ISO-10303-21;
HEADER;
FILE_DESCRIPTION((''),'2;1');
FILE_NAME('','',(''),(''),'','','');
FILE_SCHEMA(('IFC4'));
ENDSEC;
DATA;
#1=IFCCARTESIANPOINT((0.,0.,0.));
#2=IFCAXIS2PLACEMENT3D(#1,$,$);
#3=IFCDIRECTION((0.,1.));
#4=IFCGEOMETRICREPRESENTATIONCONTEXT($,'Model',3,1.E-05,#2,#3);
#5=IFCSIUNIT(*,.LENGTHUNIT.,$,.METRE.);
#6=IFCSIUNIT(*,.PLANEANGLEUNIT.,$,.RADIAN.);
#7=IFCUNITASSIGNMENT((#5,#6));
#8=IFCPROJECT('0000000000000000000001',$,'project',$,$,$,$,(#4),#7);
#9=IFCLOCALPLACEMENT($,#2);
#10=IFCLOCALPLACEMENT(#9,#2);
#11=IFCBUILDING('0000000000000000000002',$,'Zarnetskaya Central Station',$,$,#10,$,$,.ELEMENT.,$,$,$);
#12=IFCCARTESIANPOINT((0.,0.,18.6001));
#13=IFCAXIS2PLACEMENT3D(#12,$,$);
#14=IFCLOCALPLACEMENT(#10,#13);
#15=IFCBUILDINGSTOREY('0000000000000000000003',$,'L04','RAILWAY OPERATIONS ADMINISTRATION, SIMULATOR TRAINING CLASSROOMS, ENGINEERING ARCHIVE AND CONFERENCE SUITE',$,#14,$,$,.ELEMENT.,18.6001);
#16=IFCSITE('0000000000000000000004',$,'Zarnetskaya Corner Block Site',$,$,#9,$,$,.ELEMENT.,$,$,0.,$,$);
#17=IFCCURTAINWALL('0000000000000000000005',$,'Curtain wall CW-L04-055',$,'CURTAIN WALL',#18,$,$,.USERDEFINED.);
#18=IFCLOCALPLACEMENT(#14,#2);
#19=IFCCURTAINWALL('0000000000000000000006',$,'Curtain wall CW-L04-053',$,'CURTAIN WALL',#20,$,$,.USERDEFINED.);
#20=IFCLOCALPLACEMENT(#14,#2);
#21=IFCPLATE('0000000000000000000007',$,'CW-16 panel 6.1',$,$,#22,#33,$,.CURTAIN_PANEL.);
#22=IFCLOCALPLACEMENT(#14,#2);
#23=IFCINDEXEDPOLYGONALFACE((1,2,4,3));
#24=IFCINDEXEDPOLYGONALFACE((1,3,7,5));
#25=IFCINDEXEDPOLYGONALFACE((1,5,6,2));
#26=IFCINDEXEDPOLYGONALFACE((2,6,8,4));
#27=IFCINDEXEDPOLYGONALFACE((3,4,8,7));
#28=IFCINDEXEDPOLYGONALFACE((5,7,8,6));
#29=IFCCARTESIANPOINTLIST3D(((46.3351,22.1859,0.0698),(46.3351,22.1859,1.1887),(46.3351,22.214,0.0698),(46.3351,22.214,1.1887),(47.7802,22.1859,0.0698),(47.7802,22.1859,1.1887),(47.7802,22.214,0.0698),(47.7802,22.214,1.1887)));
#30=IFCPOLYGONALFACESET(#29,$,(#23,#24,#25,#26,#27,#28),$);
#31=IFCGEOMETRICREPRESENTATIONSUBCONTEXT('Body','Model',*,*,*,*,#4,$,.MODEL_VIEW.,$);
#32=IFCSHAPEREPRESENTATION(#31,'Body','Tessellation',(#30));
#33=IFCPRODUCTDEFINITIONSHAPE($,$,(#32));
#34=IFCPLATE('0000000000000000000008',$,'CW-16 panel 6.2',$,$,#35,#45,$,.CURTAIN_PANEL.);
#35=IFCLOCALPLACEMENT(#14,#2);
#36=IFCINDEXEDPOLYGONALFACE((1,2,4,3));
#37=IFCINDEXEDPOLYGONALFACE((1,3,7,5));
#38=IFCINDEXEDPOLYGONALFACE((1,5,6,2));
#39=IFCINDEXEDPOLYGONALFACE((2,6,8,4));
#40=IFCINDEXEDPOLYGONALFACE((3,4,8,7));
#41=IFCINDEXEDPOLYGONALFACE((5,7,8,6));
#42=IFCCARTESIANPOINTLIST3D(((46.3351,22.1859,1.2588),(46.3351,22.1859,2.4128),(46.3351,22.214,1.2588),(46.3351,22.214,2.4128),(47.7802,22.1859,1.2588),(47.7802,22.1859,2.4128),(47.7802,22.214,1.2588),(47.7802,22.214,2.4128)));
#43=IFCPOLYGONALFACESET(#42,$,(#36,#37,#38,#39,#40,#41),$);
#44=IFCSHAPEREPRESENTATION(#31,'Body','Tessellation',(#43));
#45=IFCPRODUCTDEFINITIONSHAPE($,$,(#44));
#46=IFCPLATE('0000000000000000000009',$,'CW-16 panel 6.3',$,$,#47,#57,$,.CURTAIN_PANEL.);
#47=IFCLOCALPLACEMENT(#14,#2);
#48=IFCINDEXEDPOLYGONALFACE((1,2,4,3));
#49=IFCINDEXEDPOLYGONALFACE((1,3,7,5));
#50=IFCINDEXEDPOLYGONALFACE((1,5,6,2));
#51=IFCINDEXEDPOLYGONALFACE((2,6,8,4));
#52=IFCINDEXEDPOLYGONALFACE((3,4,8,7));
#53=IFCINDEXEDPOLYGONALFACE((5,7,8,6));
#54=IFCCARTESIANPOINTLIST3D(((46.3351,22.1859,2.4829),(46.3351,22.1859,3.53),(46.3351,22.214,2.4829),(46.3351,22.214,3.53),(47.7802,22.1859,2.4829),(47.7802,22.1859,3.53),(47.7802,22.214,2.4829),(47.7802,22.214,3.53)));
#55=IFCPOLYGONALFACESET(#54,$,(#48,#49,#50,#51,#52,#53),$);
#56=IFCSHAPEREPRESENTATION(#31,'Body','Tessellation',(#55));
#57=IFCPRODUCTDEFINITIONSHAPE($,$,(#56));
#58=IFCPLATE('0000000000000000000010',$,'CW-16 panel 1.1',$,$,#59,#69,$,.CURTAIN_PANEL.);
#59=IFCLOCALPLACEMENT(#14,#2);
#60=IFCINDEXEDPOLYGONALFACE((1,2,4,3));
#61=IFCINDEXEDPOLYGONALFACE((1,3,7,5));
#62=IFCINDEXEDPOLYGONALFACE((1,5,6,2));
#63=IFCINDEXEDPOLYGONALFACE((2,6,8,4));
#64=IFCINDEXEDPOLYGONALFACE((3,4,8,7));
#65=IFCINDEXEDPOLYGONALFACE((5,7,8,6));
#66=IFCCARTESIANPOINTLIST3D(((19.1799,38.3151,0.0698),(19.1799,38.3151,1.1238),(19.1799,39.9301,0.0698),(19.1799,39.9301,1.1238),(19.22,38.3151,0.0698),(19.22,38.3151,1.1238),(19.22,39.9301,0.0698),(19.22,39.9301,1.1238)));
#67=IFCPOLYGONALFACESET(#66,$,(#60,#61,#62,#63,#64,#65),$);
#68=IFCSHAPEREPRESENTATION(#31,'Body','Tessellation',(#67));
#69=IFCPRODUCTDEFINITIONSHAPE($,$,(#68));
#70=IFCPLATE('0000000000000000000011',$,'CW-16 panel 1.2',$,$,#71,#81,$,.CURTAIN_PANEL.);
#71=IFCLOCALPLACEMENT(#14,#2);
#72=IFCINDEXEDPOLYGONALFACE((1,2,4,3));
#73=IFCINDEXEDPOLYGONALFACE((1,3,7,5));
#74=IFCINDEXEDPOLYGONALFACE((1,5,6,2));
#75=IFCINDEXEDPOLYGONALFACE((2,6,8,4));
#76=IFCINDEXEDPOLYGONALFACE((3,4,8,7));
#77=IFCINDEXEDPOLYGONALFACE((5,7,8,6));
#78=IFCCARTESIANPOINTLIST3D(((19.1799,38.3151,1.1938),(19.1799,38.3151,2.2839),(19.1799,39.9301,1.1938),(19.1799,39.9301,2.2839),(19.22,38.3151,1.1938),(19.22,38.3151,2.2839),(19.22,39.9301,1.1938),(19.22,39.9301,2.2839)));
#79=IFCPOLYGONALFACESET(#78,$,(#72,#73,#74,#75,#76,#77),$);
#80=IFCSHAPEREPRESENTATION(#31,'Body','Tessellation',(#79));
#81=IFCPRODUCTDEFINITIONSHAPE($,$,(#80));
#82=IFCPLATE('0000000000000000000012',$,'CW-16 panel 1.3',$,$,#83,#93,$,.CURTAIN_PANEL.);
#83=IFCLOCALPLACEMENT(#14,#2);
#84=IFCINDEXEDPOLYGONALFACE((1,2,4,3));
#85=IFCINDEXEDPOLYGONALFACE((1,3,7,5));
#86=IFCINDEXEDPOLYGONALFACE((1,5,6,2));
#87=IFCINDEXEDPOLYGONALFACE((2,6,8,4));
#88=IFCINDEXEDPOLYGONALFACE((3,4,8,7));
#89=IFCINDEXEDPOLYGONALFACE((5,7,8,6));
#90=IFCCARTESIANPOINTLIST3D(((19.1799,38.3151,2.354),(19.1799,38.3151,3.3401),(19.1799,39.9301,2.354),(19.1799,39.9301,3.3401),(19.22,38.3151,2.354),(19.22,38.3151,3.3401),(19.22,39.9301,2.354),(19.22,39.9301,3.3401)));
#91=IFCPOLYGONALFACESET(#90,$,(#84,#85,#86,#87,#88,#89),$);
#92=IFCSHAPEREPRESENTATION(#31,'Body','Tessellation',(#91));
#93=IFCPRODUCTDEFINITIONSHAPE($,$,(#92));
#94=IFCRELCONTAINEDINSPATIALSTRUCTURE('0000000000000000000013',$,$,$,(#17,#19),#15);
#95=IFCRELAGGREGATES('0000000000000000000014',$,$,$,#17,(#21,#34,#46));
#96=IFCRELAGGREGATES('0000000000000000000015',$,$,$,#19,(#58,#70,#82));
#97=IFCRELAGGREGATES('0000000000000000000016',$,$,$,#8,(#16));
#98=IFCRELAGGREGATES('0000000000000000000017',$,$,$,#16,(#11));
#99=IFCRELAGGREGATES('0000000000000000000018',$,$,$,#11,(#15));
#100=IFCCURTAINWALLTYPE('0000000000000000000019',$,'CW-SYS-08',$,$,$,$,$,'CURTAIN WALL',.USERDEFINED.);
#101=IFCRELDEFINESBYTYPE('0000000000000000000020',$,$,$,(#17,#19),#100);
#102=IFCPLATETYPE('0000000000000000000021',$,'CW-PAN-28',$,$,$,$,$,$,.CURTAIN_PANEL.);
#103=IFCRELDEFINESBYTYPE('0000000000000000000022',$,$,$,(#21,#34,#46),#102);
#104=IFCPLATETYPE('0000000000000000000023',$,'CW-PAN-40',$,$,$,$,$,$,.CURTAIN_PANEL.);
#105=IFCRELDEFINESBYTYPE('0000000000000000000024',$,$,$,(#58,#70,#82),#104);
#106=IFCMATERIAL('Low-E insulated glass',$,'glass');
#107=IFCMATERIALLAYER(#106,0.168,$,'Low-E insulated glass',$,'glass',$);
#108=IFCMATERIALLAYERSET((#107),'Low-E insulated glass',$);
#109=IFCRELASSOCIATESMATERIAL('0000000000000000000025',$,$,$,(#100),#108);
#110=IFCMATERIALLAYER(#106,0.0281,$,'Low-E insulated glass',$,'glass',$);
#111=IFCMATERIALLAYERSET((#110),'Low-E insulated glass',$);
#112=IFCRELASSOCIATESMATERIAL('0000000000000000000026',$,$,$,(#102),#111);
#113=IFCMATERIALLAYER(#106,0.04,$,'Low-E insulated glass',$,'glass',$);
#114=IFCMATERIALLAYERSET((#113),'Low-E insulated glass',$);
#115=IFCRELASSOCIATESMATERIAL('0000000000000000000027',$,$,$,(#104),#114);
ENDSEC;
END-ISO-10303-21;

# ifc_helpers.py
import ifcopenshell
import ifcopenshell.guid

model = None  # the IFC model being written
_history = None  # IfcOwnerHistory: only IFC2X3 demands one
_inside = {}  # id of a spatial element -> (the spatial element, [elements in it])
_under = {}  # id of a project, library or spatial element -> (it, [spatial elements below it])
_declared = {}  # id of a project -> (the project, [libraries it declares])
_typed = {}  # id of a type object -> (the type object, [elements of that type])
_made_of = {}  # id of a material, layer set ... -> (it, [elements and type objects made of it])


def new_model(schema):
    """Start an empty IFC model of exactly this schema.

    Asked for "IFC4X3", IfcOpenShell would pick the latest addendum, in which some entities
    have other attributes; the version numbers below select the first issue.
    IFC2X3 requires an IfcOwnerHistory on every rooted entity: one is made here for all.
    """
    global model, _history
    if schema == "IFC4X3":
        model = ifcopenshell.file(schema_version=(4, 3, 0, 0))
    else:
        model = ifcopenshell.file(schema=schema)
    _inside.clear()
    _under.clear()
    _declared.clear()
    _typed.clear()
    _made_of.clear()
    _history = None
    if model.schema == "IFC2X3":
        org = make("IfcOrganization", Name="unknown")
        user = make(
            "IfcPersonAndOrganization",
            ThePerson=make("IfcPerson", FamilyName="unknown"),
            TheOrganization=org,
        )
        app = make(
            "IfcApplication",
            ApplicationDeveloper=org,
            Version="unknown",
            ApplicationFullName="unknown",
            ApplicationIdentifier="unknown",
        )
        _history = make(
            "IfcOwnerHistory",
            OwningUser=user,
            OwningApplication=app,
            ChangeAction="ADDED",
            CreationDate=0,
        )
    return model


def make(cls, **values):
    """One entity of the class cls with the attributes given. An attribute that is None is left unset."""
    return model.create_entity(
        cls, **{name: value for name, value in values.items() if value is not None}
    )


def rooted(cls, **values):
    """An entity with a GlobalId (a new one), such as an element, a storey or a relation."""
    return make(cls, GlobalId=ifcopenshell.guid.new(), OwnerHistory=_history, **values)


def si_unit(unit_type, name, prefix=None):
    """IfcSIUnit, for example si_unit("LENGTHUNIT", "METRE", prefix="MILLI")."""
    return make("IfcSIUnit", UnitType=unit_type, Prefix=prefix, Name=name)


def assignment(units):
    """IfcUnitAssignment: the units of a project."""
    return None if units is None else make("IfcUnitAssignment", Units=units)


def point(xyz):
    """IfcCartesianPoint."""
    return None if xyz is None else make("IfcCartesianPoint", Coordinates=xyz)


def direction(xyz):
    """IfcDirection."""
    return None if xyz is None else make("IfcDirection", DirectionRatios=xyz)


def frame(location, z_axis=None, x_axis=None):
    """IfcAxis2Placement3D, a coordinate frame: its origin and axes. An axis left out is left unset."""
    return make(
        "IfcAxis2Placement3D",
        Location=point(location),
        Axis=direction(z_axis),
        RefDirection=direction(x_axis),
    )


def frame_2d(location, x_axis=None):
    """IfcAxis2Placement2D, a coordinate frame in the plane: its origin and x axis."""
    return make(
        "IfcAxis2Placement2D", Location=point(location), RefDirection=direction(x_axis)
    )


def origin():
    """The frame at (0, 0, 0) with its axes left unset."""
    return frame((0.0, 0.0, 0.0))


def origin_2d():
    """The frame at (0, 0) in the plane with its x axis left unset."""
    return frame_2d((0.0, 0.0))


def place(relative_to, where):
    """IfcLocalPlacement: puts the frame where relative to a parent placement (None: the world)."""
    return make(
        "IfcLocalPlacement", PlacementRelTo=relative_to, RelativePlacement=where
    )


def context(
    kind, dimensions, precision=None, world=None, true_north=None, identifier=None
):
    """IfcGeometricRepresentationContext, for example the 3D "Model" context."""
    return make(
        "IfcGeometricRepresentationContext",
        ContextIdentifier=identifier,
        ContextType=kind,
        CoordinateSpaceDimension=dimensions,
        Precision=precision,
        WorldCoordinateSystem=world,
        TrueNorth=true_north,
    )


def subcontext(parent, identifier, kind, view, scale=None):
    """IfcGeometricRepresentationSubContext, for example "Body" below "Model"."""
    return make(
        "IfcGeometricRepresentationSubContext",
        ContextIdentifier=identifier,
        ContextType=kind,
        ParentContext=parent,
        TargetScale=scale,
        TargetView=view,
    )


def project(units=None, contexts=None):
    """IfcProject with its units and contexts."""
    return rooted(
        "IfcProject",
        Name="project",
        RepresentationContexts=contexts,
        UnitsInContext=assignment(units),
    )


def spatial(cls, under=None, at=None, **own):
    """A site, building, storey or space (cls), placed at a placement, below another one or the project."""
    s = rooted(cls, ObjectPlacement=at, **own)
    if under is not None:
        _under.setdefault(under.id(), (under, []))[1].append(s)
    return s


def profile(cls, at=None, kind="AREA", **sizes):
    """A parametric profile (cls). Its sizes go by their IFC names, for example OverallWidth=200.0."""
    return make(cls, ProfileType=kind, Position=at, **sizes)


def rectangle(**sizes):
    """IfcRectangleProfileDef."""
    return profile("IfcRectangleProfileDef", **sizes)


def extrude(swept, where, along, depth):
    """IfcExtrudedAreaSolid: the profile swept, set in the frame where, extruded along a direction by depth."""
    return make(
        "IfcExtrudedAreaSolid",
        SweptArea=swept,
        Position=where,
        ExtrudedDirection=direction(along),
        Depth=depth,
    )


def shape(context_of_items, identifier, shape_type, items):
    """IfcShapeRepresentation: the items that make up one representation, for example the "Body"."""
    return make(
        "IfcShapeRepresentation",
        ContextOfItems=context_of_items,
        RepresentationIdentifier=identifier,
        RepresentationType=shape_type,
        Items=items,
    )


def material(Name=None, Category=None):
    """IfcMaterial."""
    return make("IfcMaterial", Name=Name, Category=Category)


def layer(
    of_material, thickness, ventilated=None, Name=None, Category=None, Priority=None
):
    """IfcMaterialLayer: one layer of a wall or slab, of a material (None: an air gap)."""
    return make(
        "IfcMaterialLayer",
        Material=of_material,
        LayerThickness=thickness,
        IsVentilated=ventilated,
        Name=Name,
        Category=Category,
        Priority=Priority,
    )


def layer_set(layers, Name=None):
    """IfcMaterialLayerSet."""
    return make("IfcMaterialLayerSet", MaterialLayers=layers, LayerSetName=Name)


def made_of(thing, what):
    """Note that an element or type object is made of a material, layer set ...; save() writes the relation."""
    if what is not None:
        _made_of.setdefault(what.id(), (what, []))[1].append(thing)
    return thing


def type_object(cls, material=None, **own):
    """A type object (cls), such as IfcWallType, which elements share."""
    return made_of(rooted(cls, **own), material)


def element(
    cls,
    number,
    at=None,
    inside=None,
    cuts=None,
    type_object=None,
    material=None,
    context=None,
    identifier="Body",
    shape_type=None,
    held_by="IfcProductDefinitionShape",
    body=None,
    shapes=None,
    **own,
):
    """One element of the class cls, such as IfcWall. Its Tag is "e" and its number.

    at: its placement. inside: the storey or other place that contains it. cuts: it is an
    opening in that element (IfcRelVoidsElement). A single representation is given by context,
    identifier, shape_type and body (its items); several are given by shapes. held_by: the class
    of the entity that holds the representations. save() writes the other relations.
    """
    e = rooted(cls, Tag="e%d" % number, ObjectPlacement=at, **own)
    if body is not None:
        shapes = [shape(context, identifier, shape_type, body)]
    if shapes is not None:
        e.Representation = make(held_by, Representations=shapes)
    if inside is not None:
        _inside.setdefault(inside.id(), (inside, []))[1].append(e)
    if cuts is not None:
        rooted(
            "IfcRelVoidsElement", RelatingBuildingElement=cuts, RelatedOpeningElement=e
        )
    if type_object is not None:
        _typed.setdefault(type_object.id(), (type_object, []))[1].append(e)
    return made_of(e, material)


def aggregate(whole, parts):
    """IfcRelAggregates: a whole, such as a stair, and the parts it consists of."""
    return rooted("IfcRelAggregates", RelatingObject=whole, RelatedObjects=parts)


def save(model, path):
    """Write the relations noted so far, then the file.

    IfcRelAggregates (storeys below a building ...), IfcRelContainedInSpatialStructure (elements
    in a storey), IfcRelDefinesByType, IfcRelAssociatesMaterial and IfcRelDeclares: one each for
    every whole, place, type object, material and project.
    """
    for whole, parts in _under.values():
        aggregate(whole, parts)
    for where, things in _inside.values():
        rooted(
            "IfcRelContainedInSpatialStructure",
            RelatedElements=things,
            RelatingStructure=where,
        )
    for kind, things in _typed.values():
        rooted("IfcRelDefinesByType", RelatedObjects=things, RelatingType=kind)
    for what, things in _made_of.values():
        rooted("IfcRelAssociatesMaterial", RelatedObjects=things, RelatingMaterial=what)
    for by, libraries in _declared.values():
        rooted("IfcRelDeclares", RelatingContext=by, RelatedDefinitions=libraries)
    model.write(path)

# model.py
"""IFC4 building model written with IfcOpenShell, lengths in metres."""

from ifc_helpers import new_model, si_unit, direction, frame, origin, origin_2d, place, context, subcontext, project, spatial, rectangle, extrude, material, layer, layer_set, type_object, element, aggregate, save


model = new_model("IFC4")

# Units and contexts
model_context = context("Model", 3, precision=1e-05, world=origin(), true_north=direction((0.0, 1.0)))
body_context = subcontext(model_context, "Body", "Model", "MODEL_VIEW")
ifc_project = project(units=[si_unit("LENGTHUNIT", "METRE"), si_unit("PLANEANGLEUNIT", "RADIAN")], contexts=[model_context])

# Site, building, storey
site_placement = place(None, origin())
site = spatial("IfcSite", under=ifc_project, at=site_placement, Name="Zarnetskaya Corner Block Site", CompositionType="ELEMENT", RefElevation=0.0)
building_placement = place(site_placement, origin())
building = spatial("IfcBuilding", under=site, at=building_placement, Name="Zarnetskaya Central Station", CompositionType="ELEMENT")
storey_placement = place(building_placement, frame((0.0, 0.0, 18.6001)))
storey = spatial("IfcBuildingStorey", under=building, at=storey_placement, Name="L04", Description="RAILWAY OPERATIONS ADMINISTRATION, SIMULATOR TRAINING CLASSROOMS, ENGINEERING ARCHIVE AND CONFERENCE SUITE", CompositionType="ELEMENT", Elevation=18.6001)

# Curtain walls
ifc_material_1 = material(Name="Low-E insulated glass", Category="glass")
ifc_layer_1 = layer(ifc_material_1, 0.168, Name="Low-E insulated glass", Category="glass")
ifc_layer_set_1 = layer_set([ifc_layer_1], Name="Low-E insulated glass")
curtain_wall_type = type_object("IfcCurtainWallType", Name="CW-SYS-08", ElementType="CURTAIN WALL", PredefinedType="USERDEFINED", material=ifc_layer_set_1)
curtain_wall_1_placement = place(storey_placement, origin())
curtain_wall_1 = element("IfcCurtainWall", 1, at=curtain_wall_1_placement, inside=storey, type_object=curtain_wall_type, Name="Curtain wall CW-L04-055", ObjectType="CURTAIN WALL", PredefinedType="USERDEFINED")
curtain_wall_2_placement = place(storey_placement, origin())
curtain_wall_2 = element("IfcCurtainWall", 2, at=curtain_wall_2_placement, inside=storey, type_object=curtain_wall_type, Name="Curtain wall CW-L04-053", ObjectType="CURTAIN WALL", PredefinedType="USERDEFINED")

# Plates
ifc_layer_2 = layer(ifc_material_1, 0.0281, Name="Low-E insulated glass", Category="glass")
ifc_layer_set_2 = layer_set([ifc_layer_2], Name="Low-E insulated glass")
plate_type_1 = type_object("IfcPlateType", Name="CW-PAN-28", PredefinedType="CURTAIN_PANEL", material=ifc_layer_set_2)
plate_1_placement = place(storey_placement, frame((47.0576, 22.2, 0.0698), z_axis=(0.0, 0.0, 1.0), x_axis=(1.0, 0.0, 0.0)))
plate_1 = element("IfcPlate", 3, at=plate_1_placement, type_object=plate_type_1, Name="CW-16 panel 6.1", PredefinedType="CURTAIN_PANEL", context=body_context, shape_type="SweptSolid", body=[
    extrude(rectangle(XDim=1.4451, YDim=0.0281, at=origin_2d()), origin(), (0.0, 0.0, 1.0), 1.1189),
])
plate_2_placement = place(storey_placement, frame((47.0576, 22.2, 1.2588), z_axis=(0.0, 0.0, 1.0), x_axis=(1.0, 0.0, 0.0)))
plate_2 = element("IfcPlate", 4, at=plate_2_placement, type_object=plate_type_1, Name="CW-16 panel 6.2", PredefinedType="CURTAIN_PANEL", context=body_context, shape_type="SweptSolid", body=[
    extrude(rectangle(XDim=1.4451, YDim=0.0281, at=origin_2d()), origin(), (0.0, 0.0, 1.0), 1.1541),
])
plate_3_placement = place(storey_placement, frame((47.0576, 22.2, 2.4829), z_axis=(0.0, 0.0, 1.0), x_axis=(1.0, 0.0, 0.0)))
plate_3 = element("IfcPlate", 5, at=plate_3_placement, type_object=plate_type_1, Name="CW-16 panel 6.3", PredefinedType="CURTAIN_PANEL", context=body_context, shape_type="SweptSolid", body=[
    extrude(rectangle(XDim=1.4451, YDim=0.0281, at=origin_2d()), origin(), (0.0, 0.0, 1.0), 1.0471),
])
aggregate(curtain_wall_1, [plate_1, plate_2, plate_3])
ifc_layer_3 = layer(ifc_material_1, 0.04, Name="Low-E insulated glass", Category="glass")
ifc_layer_set_3 = layer_set([ifc_layer_3], Name="Low-E insulated glass")
plate_type_2 = type_object("IfcPlateType", Name="CW-PAN-40", PredefinedType="CURTAIN_PANEL", material=ifc_layer_set_3)
plate_4_placement = place(storey_placement, frame((19.2, 39.1226, 0.0698), z_axis=(0.0, 0.0, 1.0), x_axis=(0.0, -1.0, 0.0)))
plate_4 = element("IfcPlate", 6, at=plate_4_placement, type_object=plate_type_2, Name="CW-16 panel 1.1", PredefinedType="CURTAIN_PANEL", context=body_context, shape_type="SweptSolid", body=[
    extrude(rectangle(XDim=1.615, YDim=0.04, at=origin_2d()), origin(), (0.0, 0.0, 1.0), 1.054),
])
plate_5_placement = place(storey_placement, frame((19.2, 39.1226, 1.1938), z_axis=(0.0, 0.0, 1.0), x_axis=(0.0, -1.0, 0.0)))
plate_5 = element("IfcPlate", 7, at=plate_5_placement, type_object=plate_type_2, Name="CW-16 panel 1.2", PredefinedType="CURTAIN_PANEL", context=body_context, shape_type="SweptSolid", body=[
    extrude(rectangle(XDim=1.615, YDim=0.04, at=origin_2d()), origin(), (0.0, 0.0, 1.0), 1.0901),
])
plate_6_placement = place(storey_placement, frame((19.2, 39.1226, 2.354), z_axis=(0.0, 0.0, 1.0), x_axis=(0.0, -1.0, 0.0)))
plate_6 = element("IfcPlate", 8, at=plate_6_placement, type_object=plate_type_2, Name="CW-16 panel 1.3", PredefinedType="CURTAIN_PANEL", context=body_context, shape_type="SweptSolid", body=[
    extrude(rectangle(XDim=1.615, YDim=0.04, at=origin_2d()), origin(), (0.0, 0.0, 1.0), 0.9861),
])
aggregate(curtain_wall_2, [plate_4, plate_5, plate_6])

save(model, "model.ifc")
